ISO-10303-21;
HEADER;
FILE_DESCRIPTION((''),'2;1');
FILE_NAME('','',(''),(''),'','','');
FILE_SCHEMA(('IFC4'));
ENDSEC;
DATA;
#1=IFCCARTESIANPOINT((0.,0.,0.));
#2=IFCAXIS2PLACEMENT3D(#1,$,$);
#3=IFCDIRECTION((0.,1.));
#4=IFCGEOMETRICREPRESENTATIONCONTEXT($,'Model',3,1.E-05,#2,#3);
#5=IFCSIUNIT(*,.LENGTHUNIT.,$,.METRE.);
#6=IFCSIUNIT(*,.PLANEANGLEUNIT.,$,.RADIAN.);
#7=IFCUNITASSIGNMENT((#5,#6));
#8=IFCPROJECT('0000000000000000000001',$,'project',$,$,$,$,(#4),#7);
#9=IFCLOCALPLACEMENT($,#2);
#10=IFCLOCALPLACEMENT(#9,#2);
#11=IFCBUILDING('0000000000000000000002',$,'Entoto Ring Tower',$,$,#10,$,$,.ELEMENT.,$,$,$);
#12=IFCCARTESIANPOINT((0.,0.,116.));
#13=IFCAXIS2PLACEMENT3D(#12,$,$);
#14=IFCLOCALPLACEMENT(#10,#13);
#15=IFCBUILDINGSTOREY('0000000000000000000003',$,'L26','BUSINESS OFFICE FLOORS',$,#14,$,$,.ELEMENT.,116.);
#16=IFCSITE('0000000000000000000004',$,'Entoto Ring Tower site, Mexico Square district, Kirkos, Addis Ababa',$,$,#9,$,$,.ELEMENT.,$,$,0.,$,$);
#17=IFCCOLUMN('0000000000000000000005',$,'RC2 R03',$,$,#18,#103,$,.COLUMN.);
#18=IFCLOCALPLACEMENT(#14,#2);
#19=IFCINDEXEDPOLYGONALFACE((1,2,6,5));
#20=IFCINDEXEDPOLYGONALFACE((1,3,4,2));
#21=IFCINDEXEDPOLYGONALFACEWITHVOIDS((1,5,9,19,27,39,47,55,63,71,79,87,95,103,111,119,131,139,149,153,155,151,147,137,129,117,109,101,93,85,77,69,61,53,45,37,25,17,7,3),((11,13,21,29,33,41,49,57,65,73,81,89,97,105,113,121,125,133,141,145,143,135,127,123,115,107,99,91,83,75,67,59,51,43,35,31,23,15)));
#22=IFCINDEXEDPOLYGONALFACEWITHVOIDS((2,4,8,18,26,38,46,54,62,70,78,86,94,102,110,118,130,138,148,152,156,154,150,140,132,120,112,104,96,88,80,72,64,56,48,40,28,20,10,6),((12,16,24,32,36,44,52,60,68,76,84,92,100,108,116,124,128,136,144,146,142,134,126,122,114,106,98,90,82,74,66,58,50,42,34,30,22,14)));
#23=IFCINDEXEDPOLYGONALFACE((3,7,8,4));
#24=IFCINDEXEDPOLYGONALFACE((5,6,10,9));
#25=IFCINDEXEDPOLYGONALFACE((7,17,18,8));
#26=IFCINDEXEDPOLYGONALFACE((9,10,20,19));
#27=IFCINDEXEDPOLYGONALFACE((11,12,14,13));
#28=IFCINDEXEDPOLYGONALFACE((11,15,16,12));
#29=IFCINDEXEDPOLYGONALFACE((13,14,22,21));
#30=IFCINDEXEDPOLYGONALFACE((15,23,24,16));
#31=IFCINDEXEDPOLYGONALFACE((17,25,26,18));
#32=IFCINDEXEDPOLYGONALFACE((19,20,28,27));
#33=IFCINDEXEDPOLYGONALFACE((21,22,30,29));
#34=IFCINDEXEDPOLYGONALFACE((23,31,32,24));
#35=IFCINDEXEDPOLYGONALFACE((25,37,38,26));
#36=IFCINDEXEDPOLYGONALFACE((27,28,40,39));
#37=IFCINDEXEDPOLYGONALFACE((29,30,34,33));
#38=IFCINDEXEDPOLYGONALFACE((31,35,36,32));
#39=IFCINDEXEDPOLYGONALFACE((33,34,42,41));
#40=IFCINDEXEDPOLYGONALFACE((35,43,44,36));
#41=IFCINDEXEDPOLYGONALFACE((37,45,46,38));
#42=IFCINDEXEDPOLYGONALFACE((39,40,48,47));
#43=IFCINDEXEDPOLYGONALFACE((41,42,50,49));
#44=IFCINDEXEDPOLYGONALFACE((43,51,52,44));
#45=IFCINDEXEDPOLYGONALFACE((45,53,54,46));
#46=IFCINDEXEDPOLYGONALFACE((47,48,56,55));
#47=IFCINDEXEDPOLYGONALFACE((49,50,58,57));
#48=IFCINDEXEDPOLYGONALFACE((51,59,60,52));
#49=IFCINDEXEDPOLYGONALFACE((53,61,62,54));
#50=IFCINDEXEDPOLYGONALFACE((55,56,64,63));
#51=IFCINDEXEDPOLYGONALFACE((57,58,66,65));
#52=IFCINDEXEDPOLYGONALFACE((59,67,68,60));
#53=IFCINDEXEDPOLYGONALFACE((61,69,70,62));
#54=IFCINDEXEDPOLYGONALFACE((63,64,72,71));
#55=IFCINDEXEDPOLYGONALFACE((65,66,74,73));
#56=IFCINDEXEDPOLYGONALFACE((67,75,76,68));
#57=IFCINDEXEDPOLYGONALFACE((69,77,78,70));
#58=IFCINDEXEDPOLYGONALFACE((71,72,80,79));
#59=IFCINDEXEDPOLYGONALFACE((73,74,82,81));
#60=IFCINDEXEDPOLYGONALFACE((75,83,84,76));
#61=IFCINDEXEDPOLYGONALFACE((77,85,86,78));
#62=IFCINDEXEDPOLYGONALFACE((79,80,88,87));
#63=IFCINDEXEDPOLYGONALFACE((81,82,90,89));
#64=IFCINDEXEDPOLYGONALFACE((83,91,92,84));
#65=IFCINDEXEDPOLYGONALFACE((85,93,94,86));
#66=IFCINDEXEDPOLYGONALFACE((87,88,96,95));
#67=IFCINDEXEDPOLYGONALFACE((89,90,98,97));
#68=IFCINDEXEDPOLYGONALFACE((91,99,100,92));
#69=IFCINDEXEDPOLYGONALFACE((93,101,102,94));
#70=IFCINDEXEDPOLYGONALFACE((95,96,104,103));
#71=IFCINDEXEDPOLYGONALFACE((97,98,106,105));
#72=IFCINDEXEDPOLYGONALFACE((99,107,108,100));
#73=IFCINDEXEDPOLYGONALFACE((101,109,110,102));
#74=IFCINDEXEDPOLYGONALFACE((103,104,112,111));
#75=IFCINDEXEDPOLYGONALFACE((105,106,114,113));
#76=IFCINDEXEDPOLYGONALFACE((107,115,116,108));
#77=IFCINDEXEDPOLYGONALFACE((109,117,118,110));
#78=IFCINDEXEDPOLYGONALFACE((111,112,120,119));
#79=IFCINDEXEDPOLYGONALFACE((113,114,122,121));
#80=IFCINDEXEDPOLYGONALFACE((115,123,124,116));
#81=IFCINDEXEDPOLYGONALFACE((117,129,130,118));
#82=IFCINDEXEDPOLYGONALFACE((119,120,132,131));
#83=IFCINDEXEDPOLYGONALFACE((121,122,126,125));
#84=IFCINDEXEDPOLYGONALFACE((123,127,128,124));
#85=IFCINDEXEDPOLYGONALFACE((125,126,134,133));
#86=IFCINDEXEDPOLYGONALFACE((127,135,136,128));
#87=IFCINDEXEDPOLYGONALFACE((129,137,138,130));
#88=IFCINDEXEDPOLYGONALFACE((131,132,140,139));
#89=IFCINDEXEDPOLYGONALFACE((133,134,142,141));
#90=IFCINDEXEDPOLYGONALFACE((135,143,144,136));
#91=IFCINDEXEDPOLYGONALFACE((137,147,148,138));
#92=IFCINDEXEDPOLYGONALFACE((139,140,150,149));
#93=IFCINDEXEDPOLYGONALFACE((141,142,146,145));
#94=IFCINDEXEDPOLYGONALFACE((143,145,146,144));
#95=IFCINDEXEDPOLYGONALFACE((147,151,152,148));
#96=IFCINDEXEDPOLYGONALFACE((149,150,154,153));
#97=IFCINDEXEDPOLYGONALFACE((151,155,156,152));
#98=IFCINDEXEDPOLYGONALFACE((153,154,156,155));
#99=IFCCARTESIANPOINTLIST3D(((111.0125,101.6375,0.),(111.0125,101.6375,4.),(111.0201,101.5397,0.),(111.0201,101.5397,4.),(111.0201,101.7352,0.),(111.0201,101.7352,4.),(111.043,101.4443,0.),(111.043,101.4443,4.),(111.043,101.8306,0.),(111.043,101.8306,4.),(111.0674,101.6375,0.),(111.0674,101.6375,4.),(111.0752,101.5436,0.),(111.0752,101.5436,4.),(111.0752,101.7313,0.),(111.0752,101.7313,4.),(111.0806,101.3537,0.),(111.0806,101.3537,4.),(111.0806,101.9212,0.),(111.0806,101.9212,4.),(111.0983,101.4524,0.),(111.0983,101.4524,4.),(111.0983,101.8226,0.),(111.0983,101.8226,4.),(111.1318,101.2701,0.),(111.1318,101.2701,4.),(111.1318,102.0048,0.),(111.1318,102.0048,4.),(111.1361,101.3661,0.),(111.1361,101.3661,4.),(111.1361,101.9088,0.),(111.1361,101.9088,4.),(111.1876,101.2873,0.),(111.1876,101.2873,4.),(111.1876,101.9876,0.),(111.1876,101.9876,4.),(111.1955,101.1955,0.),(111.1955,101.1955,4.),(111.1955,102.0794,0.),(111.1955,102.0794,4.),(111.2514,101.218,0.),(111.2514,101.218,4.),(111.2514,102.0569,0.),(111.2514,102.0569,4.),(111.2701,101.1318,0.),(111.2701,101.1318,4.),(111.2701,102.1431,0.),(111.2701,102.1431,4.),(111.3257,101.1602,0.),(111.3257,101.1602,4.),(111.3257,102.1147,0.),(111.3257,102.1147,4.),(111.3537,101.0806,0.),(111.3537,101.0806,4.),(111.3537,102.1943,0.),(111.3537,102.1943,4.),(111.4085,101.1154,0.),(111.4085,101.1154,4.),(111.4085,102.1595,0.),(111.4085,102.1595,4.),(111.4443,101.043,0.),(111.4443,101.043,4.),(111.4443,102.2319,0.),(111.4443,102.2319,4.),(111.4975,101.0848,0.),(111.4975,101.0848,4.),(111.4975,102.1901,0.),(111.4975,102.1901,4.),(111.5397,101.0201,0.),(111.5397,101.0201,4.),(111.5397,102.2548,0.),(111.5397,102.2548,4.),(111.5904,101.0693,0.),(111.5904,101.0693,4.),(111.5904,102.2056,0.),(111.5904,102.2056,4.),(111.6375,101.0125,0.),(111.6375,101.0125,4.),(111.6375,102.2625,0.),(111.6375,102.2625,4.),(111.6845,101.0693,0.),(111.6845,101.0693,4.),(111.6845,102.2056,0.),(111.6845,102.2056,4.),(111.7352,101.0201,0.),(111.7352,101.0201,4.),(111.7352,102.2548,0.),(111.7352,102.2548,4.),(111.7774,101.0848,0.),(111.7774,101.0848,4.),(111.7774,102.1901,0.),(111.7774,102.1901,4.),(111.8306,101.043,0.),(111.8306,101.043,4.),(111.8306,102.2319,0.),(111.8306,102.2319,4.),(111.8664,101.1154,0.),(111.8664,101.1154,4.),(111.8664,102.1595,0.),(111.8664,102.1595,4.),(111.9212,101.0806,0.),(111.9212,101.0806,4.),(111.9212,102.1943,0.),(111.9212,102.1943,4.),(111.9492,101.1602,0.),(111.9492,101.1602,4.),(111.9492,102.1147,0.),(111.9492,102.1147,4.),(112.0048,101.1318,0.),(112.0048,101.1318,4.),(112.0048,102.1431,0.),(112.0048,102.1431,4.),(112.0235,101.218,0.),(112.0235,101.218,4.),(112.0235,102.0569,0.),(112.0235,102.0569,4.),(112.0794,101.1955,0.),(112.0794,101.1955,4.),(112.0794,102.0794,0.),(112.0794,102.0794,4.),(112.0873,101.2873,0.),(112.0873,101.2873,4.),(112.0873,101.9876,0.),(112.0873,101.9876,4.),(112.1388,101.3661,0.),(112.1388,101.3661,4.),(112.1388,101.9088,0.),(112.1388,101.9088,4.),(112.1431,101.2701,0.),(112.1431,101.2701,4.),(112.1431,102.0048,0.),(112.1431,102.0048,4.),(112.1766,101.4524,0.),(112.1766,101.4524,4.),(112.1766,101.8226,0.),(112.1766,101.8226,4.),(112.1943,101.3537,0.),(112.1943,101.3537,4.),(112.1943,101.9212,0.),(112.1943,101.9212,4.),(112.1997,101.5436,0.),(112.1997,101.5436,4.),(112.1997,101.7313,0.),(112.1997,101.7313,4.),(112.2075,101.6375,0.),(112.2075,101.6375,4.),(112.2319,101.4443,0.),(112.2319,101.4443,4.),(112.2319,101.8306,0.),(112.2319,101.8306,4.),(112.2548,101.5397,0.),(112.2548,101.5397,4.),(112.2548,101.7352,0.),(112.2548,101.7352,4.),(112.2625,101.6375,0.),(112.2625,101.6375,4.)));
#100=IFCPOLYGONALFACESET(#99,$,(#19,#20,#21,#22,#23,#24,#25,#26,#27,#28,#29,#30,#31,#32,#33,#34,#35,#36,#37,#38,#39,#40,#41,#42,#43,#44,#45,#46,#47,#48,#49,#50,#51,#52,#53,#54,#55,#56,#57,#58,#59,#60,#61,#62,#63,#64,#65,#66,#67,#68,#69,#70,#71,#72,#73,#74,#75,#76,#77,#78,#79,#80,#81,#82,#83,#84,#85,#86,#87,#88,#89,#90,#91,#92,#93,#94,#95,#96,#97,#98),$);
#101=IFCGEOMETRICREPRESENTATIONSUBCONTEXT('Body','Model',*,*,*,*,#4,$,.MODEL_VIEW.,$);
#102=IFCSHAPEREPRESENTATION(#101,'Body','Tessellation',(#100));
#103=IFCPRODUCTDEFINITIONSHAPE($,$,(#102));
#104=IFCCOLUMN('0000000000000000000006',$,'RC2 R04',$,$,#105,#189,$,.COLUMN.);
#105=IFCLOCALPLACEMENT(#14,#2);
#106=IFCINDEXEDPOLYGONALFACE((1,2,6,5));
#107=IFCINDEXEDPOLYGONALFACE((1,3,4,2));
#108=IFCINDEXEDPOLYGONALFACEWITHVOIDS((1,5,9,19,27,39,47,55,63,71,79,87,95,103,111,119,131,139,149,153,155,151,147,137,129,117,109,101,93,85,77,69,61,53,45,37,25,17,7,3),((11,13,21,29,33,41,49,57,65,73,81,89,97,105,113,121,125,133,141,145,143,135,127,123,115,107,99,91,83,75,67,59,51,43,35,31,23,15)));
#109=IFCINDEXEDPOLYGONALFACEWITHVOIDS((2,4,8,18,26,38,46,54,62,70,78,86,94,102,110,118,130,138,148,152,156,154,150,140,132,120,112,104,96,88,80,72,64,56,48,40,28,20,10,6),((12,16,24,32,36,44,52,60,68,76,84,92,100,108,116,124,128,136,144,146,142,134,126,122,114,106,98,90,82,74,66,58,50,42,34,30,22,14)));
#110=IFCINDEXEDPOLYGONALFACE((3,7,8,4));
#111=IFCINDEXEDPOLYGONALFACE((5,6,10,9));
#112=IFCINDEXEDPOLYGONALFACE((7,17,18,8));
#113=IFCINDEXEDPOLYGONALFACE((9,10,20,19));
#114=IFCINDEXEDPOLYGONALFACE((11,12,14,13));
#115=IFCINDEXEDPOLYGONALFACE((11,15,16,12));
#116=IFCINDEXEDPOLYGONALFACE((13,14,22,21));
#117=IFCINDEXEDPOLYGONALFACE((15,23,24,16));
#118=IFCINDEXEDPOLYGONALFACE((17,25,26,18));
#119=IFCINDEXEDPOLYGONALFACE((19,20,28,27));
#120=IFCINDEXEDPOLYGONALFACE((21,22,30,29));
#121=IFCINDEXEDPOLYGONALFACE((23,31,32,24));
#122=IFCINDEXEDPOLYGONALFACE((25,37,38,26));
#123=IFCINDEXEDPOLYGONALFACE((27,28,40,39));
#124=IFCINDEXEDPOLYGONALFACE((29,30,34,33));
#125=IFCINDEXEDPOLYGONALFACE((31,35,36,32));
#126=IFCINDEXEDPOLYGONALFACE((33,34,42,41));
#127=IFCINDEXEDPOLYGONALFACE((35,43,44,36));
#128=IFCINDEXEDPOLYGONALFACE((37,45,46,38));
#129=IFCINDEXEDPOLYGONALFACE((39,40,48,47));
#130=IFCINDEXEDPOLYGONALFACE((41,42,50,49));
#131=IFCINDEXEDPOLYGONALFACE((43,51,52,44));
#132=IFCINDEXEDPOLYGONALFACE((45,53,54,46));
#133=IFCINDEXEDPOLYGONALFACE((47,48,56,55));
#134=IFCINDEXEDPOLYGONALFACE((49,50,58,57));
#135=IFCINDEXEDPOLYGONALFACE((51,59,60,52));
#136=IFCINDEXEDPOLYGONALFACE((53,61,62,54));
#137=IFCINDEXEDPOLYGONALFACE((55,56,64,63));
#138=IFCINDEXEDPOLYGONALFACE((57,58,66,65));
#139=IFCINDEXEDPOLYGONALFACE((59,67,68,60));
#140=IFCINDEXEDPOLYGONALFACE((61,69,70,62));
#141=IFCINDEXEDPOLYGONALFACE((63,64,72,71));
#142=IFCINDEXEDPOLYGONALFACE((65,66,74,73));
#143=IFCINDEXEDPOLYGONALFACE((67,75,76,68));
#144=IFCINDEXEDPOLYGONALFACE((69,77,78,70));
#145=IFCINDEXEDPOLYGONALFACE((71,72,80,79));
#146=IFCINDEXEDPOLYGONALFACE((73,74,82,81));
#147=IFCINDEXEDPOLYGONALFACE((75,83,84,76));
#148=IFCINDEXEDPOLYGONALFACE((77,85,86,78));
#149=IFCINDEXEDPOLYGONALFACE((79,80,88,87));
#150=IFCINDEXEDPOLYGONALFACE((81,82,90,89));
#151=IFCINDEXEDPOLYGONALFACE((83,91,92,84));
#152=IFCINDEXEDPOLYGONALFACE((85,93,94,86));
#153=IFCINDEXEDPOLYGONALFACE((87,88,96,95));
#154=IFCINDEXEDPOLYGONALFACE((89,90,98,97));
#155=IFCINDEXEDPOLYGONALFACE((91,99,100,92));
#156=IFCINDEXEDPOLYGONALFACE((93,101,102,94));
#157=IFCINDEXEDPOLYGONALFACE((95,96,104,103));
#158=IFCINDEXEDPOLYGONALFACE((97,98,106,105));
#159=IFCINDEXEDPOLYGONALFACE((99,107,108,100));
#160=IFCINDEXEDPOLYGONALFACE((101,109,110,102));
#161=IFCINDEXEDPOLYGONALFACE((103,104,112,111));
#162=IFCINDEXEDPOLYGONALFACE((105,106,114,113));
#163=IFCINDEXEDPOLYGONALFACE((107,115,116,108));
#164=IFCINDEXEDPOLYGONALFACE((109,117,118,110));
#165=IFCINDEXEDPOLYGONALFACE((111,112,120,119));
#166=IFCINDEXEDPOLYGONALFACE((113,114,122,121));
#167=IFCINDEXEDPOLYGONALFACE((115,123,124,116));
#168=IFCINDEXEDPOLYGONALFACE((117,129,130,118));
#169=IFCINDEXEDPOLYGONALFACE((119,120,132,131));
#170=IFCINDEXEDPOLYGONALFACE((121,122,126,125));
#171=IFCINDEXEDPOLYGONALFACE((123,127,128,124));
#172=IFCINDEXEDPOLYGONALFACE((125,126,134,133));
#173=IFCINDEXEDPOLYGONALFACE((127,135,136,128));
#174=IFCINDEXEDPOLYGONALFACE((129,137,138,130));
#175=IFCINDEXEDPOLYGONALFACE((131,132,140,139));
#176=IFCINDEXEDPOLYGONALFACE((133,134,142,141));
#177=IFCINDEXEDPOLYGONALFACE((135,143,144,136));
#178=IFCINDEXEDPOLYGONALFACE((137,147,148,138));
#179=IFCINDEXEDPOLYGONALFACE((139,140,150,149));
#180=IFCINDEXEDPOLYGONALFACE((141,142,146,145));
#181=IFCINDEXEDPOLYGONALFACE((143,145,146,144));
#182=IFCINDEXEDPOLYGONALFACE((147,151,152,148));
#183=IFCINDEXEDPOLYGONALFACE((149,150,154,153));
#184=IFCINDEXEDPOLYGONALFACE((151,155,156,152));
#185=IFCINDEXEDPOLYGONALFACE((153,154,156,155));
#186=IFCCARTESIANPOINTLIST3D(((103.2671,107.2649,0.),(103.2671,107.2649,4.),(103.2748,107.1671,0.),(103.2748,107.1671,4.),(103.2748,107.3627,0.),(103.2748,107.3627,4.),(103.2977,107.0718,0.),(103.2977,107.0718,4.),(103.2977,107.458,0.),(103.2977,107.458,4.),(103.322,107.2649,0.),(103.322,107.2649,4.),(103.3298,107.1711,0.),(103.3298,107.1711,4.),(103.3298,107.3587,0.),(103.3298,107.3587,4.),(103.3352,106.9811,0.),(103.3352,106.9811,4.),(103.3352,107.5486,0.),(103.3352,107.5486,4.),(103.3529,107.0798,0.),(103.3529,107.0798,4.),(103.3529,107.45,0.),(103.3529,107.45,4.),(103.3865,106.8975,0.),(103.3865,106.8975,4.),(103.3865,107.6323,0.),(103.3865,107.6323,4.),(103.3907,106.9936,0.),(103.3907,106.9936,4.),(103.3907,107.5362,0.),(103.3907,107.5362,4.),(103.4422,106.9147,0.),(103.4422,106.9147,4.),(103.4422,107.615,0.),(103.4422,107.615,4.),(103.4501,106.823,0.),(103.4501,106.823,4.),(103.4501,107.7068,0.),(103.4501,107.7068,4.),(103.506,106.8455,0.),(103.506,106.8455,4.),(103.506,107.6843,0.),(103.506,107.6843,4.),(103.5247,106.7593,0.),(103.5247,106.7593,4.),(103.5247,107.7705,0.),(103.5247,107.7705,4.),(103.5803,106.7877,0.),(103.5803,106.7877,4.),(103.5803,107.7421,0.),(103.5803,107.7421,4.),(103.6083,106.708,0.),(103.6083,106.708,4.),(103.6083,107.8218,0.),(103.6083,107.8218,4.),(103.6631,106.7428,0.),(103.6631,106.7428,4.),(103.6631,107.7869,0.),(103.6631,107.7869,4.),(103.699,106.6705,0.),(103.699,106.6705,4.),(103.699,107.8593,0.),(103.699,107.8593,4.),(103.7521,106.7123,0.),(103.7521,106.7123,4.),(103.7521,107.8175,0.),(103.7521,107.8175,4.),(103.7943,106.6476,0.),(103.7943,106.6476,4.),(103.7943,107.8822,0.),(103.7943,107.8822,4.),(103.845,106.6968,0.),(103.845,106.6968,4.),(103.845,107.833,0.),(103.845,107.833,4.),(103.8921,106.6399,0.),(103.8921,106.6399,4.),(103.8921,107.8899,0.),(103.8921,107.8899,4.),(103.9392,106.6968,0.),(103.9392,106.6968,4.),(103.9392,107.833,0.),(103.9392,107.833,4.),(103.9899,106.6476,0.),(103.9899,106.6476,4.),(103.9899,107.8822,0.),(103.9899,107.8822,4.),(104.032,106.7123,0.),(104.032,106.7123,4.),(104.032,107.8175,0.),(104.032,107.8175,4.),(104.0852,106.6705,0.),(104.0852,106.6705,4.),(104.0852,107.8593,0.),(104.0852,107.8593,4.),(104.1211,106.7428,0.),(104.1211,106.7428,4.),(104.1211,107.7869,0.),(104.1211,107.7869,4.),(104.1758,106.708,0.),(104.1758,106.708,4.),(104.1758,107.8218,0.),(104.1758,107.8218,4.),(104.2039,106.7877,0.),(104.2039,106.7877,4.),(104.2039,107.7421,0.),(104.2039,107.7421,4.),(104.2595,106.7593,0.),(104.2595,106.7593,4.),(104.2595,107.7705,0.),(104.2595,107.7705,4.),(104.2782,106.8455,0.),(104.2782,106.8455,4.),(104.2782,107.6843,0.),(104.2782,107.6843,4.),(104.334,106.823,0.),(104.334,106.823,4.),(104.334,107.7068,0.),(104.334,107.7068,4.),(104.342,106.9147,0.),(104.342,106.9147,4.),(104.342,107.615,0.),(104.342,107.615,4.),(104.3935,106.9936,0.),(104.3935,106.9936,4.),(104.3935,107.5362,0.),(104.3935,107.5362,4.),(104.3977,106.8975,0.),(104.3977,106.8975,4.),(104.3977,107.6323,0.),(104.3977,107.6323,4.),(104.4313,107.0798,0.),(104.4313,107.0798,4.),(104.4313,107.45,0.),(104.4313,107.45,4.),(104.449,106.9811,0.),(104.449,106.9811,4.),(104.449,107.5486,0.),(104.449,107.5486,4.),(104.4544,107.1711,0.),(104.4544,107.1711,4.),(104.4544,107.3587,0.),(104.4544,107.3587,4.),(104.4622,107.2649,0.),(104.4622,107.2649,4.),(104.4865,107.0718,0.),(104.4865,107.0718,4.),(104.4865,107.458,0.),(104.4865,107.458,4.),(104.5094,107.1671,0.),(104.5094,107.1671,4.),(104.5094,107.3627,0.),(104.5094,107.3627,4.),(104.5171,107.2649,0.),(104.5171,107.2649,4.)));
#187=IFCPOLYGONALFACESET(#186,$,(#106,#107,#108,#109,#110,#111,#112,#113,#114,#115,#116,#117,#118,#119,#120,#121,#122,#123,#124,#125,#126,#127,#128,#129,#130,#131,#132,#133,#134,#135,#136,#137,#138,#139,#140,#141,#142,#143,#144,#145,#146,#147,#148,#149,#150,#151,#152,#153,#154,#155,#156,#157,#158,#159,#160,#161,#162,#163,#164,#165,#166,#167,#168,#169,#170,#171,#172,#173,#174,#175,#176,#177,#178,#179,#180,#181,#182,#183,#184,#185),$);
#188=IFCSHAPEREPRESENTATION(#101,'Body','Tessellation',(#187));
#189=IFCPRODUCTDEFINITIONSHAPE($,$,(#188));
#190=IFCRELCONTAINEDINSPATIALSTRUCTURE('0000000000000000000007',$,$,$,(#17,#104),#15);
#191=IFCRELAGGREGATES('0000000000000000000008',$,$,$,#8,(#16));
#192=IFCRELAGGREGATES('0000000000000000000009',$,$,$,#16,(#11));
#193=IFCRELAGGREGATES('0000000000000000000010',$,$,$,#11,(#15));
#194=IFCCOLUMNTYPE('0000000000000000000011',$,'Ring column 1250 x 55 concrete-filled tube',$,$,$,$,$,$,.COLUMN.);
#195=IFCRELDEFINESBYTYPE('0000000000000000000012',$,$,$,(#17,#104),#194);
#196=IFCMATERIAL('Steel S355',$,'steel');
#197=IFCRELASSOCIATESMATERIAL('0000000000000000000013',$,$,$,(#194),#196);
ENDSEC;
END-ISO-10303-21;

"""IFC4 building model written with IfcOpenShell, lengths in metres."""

from ifc_helpers import new_model, si_unit, direction, frame, origin, origin_2d, place, context, subcontext, project, spatial, circle, hollow_circle, extrude, material, material_profile, profile_set, type_object, element, save


model = new_model("IFC4")

# Units and contexts
model_context = context("Model", 3, precision=1e-05, world=origin(), true_north=direction((0.0, 1.0)))
body_context = subcontext(model_context, "Body", "Model", "MODEL_VIEW")
ifc_project = project(units=[si_unit("LENGTHUNIT", "METRE"), si_unit("PLANEANGLEUNIT", "RADIAN")], contexts=[model_context])

# Site, building, storey
site_placement = place(None, origin())
site = spatial("IfcSite", under=ifc_project, at=site_placement, Name="Entoto Ring Tower site, Mexico Square district, Kirkos, Addis Ababa", CompositionType="ELEMENT", RefElevation=0.0)
building_placement = place(site_placement, origin())
building = spatial("IfcBuilding", under=site, at=building_placement, Name="Entoto Ring Tower", CompositionType="ELEMENT")
storey_placement = place(building_placement, frame((0.0, 0.0, 116.0)))
storey = spatial("IfcBuildingStorey", under=building, at=storey_placement, Name="L26", Description="BUSINESS OFFICE FLOORS", CompositionType="ELEMENT", Elevation=116.0)

# Columns
ifc_material_1 = material(Name="Steel S355", Category="steel")
ifc_material_profile_1 = material_profile(ifc_material_1, hollow_circle(Radius=0.625, WallThickness=0.0549, at=origin_2d()), Name="CHS 1250 x 55")
ifc_material_2 = material(Name="Concrete C60/75", Category="concrete")
ifc_material_profile_2 = material_profile(ifc_material_2, circle(Radius=0.5701, at=origin_2d()), Name="Concrete C60/75 infill")
ifc_profile_set_1 = profile_set([ifc_material_profile_1, ifc_material_profile_2], Name="Steel S355")
column_type = type_object("IfcColumnType", Name="Ring column 1250 x 55 concrete-filled tube", PredefinedType="COLUMN", material=ifc_profile_set_1)
for number, where, z_axis, x_axis, name in (
    (1, (111.6375, 101.6375, 0.0), (0.0, 0.0, 1.0), (1.0, 0.0, 0.0), "RC2 R03"),
    (2, (103.8921, 107.2649, 0.0), (0.0, 0.0, 1.0), (1.0, 0.0, 0.0), "RC2 R04"),
):
    element("IfcColumn", number, at=place(storey_placement, frame(where, z_axis=z_axis, x_axis=x_axis)), inside=storey, type_object=column_type, Name=name, PredefinedType="COLUMN", context=body_context, shape_type="SweptSolid", body=[
        extrude(hollow_circle(Radius=0.625, WallThickness=0.0549, at=origin_2d()), origin(), (0.0, 0.0, 1.0), 4.0),
    ])

save(model, "model.ifc")
